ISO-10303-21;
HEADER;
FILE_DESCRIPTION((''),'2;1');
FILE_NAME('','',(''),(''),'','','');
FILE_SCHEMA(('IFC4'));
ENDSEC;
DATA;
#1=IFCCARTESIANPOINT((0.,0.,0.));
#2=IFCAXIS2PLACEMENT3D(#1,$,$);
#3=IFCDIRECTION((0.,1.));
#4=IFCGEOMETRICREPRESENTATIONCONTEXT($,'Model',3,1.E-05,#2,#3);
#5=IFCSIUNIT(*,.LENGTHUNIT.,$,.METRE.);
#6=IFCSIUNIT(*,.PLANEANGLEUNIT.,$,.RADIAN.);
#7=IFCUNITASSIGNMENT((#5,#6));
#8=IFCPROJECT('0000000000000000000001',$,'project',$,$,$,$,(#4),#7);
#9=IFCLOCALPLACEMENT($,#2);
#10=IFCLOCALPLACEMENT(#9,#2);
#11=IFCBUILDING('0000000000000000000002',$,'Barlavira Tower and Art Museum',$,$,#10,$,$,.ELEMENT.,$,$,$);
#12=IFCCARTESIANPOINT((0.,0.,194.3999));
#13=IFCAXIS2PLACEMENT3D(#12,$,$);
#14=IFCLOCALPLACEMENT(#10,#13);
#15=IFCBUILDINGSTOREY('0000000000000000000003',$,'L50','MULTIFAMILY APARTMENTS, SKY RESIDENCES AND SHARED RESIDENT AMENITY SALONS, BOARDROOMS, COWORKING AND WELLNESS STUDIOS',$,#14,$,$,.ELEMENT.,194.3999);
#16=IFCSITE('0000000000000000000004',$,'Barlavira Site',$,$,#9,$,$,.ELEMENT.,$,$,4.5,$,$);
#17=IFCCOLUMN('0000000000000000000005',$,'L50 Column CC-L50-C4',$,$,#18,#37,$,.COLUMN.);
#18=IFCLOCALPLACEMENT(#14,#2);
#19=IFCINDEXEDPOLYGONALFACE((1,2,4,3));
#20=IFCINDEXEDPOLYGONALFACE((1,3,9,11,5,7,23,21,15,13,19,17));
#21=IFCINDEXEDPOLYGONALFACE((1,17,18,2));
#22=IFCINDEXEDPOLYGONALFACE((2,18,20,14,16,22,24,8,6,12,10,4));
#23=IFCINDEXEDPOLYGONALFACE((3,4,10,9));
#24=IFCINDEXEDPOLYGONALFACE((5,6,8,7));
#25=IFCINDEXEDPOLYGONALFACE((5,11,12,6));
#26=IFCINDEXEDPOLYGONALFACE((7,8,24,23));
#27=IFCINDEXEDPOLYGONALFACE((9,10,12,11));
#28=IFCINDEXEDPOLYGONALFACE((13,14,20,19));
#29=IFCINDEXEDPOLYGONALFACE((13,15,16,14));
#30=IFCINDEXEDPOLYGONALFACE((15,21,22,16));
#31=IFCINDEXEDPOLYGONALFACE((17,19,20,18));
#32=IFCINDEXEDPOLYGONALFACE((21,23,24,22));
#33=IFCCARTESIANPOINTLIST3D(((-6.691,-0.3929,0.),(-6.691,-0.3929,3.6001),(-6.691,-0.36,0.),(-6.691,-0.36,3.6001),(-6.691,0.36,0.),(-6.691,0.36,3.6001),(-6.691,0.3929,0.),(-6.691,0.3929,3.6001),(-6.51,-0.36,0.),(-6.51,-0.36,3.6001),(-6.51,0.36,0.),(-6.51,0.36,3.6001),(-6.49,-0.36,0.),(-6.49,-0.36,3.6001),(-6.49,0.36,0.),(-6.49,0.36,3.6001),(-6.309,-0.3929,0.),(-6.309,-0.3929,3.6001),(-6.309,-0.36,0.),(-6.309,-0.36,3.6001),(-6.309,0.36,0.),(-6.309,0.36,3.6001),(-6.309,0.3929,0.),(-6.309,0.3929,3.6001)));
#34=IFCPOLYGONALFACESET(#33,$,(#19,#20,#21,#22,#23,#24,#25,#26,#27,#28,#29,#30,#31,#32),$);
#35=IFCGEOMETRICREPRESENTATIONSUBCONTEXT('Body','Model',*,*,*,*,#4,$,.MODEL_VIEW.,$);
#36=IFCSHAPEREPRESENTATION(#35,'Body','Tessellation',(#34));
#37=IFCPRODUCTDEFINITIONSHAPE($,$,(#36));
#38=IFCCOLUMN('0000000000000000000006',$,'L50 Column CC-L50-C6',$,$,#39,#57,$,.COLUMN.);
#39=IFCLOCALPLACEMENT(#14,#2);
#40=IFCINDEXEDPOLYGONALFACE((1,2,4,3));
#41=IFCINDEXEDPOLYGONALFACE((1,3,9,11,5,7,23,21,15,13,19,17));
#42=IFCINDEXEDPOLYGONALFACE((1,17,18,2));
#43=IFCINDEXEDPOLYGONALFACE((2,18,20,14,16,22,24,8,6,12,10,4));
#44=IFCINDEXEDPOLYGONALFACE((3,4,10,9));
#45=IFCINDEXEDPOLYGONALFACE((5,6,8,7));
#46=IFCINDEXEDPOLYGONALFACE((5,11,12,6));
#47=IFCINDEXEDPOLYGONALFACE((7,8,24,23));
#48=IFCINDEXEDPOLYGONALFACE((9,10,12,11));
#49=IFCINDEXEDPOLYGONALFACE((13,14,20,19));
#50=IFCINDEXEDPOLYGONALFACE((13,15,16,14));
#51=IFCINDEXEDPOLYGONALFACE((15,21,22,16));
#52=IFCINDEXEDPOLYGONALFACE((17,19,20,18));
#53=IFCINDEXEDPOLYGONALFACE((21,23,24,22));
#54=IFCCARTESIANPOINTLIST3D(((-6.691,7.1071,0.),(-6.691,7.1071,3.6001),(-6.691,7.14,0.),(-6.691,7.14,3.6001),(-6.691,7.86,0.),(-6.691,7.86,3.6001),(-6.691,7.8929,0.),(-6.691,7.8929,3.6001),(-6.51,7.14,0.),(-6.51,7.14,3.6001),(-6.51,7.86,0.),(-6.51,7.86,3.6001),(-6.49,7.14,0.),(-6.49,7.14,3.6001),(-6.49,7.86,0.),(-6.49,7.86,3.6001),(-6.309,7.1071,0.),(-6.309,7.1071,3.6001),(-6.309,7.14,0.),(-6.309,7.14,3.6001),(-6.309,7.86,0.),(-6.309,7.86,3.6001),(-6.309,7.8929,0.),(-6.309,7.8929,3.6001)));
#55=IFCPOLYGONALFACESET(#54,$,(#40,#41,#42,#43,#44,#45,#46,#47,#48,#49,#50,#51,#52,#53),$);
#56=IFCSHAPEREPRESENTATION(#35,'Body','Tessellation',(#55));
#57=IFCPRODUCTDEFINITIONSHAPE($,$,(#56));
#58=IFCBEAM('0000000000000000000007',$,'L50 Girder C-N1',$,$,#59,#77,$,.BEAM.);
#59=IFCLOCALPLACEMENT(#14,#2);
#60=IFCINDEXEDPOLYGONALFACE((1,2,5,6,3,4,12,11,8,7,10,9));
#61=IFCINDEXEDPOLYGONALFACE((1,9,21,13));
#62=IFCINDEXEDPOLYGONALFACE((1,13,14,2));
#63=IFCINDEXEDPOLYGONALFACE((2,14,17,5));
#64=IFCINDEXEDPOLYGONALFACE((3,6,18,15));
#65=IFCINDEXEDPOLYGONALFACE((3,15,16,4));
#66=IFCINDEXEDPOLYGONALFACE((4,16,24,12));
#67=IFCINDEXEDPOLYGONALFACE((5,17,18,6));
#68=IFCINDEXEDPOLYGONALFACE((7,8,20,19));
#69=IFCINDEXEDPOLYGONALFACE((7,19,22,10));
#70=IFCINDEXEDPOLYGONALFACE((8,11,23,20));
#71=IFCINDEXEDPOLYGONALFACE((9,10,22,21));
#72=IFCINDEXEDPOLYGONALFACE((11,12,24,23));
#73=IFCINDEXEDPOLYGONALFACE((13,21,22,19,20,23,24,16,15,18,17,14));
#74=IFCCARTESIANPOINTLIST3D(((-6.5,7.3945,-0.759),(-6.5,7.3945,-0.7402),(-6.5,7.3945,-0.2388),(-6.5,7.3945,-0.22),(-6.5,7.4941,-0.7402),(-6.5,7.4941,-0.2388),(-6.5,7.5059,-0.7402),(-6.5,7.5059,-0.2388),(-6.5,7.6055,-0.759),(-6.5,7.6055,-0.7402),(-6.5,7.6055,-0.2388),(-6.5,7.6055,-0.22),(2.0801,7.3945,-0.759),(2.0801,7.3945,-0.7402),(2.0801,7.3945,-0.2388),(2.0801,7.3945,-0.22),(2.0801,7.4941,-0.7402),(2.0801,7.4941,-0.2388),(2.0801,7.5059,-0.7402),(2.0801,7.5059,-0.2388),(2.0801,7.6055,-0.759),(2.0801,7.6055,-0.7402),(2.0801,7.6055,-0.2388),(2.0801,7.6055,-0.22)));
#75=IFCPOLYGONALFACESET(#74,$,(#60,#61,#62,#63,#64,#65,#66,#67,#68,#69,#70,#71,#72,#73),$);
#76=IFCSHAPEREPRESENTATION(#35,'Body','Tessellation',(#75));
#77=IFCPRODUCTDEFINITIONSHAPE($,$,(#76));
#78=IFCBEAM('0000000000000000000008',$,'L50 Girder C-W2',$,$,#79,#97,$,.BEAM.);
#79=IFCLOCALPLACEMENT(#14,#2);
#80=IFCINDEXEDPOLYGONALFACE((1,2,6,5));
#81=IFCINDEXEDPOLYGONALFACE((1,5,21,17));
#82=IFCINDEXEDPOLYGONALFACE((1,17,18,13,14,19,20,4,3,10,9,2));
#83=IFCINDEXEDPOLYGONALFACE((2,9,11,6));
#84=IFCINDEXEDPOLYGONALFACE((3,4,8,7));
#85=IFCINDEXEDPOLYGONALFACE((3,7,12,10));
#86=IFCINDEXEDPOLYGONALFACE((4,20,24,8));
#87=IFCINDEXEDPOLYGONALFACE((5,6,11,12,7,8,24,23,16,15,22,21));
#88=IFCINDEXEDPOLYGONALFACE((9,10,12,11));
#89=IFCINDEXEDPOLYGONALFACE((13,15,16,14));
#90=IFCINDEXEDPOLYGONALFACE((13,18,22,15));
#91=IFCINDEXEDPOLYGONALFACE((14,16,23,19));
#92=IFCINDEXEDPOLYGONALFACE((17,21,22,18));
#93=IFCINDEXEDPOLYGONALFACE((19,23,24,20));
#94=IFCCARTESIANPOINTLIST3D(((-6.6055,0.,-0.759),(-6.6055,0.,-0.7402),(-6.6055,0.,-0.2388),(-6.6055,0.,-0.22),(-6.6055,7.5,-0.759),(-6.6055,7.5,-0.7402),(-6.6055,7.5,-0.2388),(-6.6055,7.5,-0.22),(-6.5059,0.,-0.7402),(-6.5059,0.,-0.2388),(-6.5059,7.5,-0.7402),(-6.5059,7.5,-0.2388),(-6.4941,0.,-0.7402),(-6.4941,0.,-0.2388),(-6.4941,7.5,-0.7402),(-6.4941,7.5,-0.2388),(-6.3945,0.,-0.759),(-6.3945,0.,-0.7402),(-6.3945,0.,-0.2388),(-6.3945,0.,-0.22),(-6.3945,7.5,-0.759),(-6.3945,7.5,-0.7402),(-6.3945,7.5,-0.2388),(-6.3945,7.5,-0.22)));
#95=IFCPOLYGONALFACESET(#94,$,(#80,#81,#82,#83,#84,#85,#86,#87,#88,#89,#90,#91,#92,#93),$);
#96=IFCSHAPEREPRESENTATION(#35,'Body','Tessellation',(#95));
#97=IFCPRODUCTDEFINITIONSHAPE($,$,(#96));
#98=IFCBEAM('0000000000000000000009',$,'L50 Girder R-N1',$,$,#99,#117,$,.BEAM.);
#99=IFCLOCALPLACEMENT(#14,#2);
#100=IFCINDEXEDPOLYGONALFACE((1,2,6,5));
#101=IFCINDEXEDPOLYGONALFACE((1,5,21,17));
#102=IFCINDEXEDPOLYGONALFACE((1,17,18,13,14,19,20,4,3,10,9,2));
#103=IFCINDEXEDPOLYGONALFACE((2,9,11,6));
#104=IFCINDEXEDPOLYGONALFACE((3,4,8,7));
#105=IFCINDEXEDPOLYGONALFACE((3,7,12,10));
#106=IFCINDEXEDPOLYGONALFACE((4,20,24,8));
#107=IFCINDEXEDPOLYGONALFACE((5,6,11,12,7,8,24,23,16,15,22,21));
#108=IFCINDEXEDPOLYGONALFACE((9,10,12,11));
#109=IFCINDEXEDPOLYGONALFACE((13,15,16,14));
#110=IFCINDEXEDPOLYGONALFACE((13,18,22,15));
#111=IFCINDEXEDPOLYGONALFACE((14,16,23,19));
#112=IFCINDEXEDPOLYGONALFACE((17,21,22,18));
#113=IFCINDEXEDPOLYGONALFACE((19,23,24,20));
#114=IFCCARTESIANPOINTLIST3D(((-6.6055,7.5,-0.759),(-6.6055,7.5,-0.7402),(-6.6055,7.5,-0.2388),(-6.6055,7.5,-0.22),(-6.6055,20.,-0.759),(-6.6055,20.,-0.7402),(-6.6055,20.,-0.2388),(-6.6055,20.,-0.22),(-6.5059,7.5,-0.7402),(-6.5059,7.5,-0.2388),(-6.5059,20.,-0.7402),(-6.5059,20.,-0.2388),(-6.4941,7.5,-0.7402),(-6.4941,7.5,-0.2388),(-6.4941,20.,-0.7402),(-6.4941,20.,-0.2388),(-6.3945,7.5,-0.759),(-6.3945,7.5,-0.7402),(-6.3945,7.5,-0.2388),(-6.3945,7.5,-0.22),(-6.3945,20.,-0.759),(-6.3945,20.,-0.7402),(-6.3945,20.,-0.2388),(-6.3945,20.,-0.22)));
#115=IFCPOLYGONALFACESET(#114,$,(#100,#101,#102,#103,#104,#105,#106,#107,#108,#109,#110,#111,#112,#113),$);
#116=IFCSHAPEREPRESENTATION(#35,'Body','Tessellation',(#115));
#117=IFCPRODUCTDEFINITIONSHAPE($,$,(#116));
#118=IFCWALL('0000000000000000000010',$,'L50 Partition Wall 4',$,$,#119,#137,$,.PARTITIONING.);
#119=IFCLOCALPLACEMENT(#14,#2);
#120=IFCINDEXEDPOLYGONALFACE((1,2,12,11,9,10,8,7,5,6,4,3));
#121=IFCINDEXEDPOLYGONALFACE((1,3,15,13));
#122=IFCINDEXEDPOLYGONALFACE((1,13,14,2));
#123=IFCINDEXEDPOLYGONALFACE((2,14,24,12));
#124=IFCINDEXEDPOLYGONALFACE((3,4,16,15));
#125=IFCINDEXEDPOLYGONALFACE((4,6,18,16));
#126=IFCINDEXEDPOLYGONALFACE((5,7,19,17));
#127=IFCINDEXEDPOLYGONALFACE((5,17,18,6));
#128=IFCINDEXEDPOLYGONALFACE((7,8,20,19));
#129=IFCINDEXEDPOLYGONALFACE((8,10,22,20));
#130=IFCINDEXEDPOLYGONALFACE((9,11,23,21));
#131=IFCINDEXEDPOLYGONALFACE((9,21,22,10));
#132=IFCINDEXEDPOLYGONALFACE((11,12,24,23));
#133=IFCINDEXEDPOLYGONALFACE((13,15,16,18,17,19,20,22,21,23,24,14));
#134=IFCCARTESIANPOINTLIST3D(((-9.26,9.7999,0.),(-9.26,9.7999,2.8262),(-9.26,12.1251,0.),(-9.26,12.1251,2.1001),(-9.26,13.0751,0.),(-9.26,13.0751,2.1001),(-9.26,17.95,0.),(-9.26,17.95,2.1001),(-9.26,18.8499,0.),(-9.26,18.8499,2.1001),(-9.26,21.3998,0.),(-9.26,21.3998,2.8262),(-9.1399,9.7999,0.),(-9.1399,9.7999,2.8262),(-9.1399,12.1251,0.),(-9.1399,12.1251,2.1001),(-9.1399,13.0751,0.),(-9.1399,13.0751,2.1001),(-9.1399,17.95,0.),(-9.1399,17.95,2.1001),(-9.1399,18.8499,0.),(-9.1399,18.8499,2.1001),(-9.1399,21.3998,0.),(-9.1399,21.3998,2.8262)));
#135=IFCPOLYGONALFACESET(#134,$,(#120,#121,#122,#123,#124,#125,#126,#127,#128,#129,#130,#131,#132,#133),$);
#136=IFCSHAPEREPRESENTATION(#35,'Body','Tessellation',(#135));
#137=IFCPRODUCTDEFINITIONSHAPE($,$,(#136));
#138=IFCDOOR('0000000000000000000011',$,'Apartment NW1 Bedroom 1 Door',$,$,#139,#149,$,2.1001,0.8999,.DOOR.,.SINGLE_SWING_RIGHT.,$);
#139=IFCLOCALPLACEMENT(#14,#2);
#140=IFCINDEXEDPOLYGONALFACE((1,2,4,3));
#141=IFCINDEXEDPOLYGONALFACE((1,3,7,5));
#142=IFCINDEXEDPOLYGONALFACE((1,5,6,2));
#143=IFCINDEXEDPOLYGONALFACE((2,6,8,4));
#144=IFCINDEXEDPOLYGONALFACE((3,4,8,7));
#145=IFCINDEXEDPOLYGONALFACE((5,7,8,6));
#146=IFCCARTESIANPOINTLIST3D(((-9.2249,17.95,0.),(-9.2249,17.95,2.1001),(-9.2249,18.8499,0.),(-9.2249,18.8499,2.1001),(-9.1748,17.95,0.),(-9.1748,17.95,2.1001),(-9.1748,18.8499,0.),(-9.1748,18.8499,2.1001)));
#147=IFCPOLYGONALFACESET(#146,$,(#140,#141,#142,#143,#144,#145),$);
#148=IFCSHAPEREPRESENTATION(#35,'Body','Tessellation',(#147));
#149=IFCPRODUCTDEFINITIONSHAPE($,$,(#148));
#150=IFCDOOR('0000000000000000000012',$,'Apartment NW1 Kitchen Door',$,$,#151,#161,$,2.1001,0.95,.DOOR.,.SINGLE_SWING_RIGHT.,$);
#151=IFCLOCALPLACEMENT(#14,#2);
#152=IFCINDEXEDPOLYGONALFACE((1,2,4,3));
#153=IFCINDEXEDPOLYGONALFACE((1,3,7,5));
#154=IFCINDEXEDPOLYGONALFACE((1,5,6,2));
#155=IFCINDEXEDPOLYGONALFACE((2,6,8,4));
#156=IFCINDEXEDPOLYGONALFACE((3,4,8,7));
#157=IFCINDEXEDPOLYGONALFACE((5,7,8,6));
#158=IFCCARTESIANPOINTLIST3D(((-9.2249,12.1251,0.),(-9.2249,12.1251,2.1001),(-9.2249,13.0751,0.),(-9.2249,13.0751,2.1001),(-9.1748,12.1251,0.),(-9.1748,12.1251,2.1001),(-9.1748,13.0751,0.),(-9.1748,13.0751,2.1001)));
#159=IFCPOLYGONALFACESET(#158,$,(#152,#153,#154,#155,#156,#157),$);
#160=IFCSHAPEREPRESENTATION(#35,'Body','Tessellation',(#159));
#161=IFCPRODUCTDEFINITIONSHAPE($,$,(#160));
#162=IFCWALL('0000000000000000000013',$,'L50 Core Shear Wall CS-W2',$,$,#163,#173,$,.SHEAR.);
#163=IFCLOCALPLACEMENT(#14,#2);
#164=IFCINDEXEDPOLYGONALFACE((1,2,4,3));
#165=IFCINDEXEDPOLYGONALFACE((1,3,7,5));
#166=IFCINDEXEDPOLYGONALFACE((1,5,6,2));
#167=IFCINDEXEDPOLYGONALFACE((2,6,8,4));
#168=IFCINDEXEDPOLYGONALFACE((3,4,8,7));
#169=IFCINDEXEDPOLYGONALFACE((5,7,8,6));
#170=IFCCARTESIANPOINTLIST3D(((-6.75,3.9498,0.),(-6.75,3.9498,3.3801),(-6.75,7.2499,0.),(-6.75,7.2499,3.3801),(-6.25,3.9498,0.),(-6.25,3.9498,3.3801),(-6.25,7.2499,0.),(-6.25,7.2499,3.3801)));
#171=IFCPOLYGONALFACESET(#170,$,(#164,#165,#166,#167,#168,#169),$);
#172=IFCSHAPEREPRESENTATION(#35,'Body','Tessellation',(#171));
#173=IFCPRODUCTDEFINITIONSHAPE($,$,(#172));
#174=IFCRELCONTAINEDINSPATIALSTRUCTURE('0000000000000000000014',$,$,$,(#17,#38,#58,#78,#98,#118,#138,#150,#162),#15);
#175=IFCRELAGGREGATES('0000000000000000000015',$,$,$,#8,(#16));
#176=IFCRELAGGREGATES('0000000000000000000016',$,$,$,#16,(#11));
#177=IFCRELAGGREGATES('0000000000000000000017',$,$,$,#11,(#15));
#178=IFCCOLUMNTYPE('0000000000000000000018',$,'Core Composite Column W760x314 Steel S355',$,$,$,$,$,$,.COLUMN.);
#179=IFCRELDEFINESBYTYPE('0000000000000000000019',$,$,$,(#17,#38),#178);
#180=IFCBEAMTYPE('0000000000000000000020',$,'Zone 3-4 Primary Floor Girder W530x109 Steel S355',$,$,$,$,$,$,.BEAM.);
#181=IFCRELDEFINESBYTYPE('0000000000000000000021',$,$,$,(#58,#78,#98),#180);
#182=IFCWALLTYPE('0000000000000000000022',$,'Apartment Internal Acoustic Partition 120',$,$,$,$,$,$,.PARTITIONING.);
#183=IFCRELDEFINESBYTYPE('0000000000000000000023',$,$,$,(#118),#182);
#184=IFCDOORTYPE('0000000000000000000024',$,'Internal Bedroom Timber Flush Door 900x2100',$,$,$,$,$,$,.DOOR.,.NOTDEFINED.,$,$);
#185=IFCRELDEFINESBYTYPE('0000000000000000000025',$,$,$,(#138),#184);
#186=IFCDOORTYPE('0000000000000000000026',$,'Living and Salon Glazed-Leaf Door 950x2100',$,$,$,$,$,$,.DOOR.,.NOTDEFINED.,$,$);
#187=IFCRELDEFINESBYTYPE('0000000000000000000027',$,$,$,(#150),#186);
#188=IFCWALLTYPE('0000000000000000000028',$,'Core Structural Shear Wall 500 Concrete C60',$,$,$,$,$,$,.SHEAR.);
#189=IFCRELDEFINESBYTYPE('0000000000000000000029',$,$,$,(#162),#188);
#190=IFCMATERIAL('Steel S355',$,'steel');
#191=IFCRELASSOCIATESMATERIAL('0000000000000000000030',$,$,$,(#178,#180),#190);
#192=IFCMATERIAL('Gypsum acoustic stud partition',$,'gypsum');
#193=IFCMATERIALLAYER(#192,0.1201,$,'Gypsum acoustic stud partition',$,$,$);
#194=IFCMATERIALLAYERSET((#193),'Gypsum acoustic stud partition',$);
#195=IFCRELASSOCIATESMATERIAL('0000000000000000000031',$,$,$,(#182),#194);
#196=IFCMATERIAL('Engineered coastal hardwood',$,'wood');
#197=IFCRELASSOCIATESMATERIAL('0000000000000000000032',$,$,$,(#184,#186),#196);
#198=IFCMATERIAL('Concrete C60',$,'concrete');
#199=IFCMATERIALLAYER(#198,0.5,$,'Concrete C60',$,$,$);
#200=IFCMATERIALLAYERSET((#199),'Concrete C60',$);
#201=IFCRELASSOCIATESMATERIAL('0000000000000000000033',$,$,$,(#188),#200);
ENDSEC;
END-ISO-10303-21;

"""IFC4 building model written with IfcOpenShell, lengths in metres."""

from ifc_helpers import new_model, si_unit, direction, frame, frame_2d, origin, origin_2d, place, context, subcontext, project, spatial, rectangle, i_section, extrude, material, layer, layer_set, material_profile, profile_set, type_object, element, fill, save


model = new_model("IFC4")

# Units and contexts
model_context = context("Model", 3, precision=1e-05, world=origin(), true_north=direction((0.0, 1.0)))
body_context = subcontext(model_context, "Body", "Model", "MODEL_VIEW")
ifc_project = project(units=[si_unit("LENGTHUNIT", "METRE"), si_unit("PLANEANGLEUNIT", "RADIAN")], contexts=[model_context])

# Site, building, storey
site_placement = place(None, origin())
site = spatial("IfcSite", under=ifc_project, at=site_placement, Name="Barlavira Site", CompositionType="ELEMENT", RefElevation=4.5)
building_placement = place(site_placement, origin())
building = spatial("IfcBuilding", under=site, at=building_placement, Name="Barlavira Tower and Art Museum", CompositionType="ELEMENT")
storey_placement = place(building_placement, frame((0.0, 0.0, 194.3999)))
storey = spatial("IfcBuildingStorey", under=building, at=storey_placement, Name="L50", Description="MULTIFAMILY APARTMENTS, SKY RESIDENCES AND SHARED RESIDENT AMENITY SALONS, BOARDROOMS, COWORKING AND WELLNESS STUDIOS", CompositionType="ELEMENT", Elevation=194.3999)

# Columns
ifc_material_1 = material(Name="Steel S355", Category="steel")
ifc_material_profile_1 = material_profile(ifc_material_1, i_section(OverallWidth=0.3821, OverallDepth=0.7859, WebThickness=0.02, FlangeThickness=0.033, at=origin_2d()), Name="W760x314.0")
ifc_profile_set_1 = profile_set([ifc_material_profile_1], Name="Steel S355")
column_type = type_object("IfcColumnType", Name="Core Composite Column W760x314 Steel S355", PredefinedType="COLUMN", material=ifc_profile_set_1)
for number, where, z_axis, x_axis, name in (
    (1, (-6.5, 0.0, 0.0), (0.0, 0.0, 1.0), (1.0, 0.0, 0.0), "L50 Column CC-L50-C4"),
    (2, (-6.5, 7.5, 0.0), (0.0, 0.0, 1.0), (1.0, 0.0, 0.0), "L50 Column CC-L50-C6"),
):
    element("IfcColumn", number, at=place(storey_placement, frame(where, z_axis=z_axis, x_axis=x_axis)), inside=storey, type_object=column_type, Name=name, PredefinedType="COLUMN", context=body_context, shape_type="SweptSolid", body=[
        extrude(i_section(OverallWidth=0.3821, OverallDepth=0.7859, WebThickness=0.02, FlangeThickness=0.033, at=origin_2d()), origin(), (0.0, 0.0, 1.0), 3.6001),
    ])

# Beams
ifc_material_profile_2 = material_profile(ifc_material_1, i_section(OverallWidth=0.2109, OverallDepth=0.5391, WebThickness=0.0117, FlangeThickness=0.0188, at=origin_2d()), Name="W530x109.0")
ifc_profile_set_2 = profile_set([ifc_material_profile_2], Name="Steel S355")
beam_type = type_object("IfcBeamType", Name="Zone 3-4 Primary Floor Girder W530x109 Steel S355", PredefinedType="BEAM", material=ifc_profile_set_2)
beam_1_placement = place(storey_placement, frame((-6.5, 7.5, -0.4895), z_axis=(1.0, 0.0, 0.0), x_axis=(0.0, 1.0, 0.0)))
element("IfcBeam", 3, at=beam_1_placement, inside=storey, type_object=beam_type, Name="L50 Girder C-N1", PredefinedType="BEAM", context=body_context, shape_type="SweptSolid", body=[
    extrude(i_section(OverallWidth=0.2109, OverallDepth=0.5391, WebThickness=0.0117, FlangeThickness=0.0188, at=origin_2d()), origin(), (0.0, 0.0, 1.0), 8.5801),
])
beam_2_placement = place(storey_placement, frame((-6.5, 0.0, -0.4895), z_axis=(0.0, 1.0, 0.0), x_axis=(-1.0, 0.0, 0.0)))
element("IfcBeam", 4, at=beam_2_placement, inside=storey, type_object=beam_type, Name="L50 Girder C-W2", PredefinedType="BEAM", context=body_context, shape_type="SweptSolid", body=[
    extrude(i_section(OverallWidth=0.2109, OverallDepth=0.5391, WebThickness=0.0117, FlangeThickness=0.0188, at=origin_2d()), origin(), (0.0, 0.0, 1.0), 7.5),
])
beam_3_placement = place(storey_placement, frame((-6.5, 7.5, -0.4895), z_axis=(0.0, 1.0, 0.0), x_axis=(-1.0, 0.0, 0.0)))
element("IfcBeam", 5, at=beam_3_placement, inside=storey, type_object=beam_type, Name="L50 Girder R-N1", PredefinedType="BEAM", context=body_context, shape_type="SweptSolid", body=[
    extrude(i_section(OverallWidth=0.2109, OverallDepth=0.5391, WebThickness=0.0117, FlangeThickness=0.0188, at=origin_2d()), origin(), (0.0, 0.0, 1.0), 12.5),
])

# Wall, openings, doors
ifc_material_2 = material(Name="Gypsum acoustic stud partition", Category="gypsum")
ifc_layer_1 = layer(ifc_material_2, 0.1201, Name="Gypsum acoustic stud partition")
ifc_layer_set_1 = layer_set([ifc_layer_1], Name="Gypsum acoustic stud partition")
wall_type_1 = type_object("IfcWallType", Name="Apartment Internal Acoustic Partition 120", PredefinedType="PARTITIONING", material=ifc_layer_set_1)
wall_1_placement = place(storey_placement, frame((-9.2, 9.8, 0.0), z_axis=(0.0, 0.0, 1.0), x_axis=(0.0, 1.0, 0.0)))
wall_1 = element("IfcWall", 6, at=wall_1_placement, inside=storey, type_object=wall_type_1, Name="L50 Partition Wall 4", PredefinedType="PARTITIONING", context=body_context, shape_type="SweptSolid", body=[
    extrude(rectangle(XDim=11.5999, YDim=0.1201, at=frame_2d((5.7998, 0.0))), origin(), (0.0, 0.0, 1.0), 2.8262),
])
opening_1_placement = place(wall_1_placement, frame((2.325, 0.0, 0.0)))
opening_1 = element("IfcOpeningElement", 7, at=opening_1_placement, cuts=wall_1, PredefinedType="OPENING", context=body_context, shape_type="SweptSolid", body=[
    extrude(rectangle(XDim=0.95, YDim=2.1001, at=frame_2d((0.4751, 1.05))), frame((0.0, 0.0701, 0.0), z_axis=(0.0, -1.0, 0.0), x_axis=(1.0, 0.0, 0.0)), (0.0, 0.0, 1.0), 0.1401),
])
opening_2_placement = place(wall_1_placement, frame((8.1499, 0.0, 0.0)))
opening_2 = element("IfcOpeningElement", 8, at=opening_2_placement, cuts=wall_1, PredefinedType="OPENING", context=body_context, shape_type="SweptSolid", body=[
    extrude(rectangle(XDim=0.8999, YDim=2.1001, at=frame_2d((0.45, 1.05))), frame((0.0, 0.0701, 0.0), z_axis=(0.0, -1.0, 0.0), x_axis=(1.0, 0.0, 0.0)), (0.0, 0.0, 1.0), 0.1401),
])
ifc_material_3 = material(Name="Engineered coastal hardwood", Category="wood")
door_type_1 = type_object("IfcDoorType", Name="Internal Bedroom Timber Flush Door 900x2100", OperationType="NOTDEFINED", PredefinedType="DOOR", material=ifc_material_3)
door_1_placement = place(opening_2_placement, origin())
door_1 = element("IfcDoor", 9, at=door_1_placement, inside=storey, type_object=door_type_1, Name="Apartment NW1 Bedroom 1 Door", OperationType="SINGLE_SWING_RIGHT", OverallHeight=2.1001, OverallWidth=0.8999, PredefinedType="DOOR", context=body_context, shape_type="SweptSolid", body=[
    extrude(rectangle(XDim=0.8999, YDim=2.1001, at=frame_2d((0.45, 1.05))), frame((0.0, 0.0249, 0.0), z_axis=(0.0, -1.0, 0.0), x_axis=(1.0, 0.0, 0.0)), (0.0, 0.0, 1.0), 0.05),
])
fill(opening_2, door_1)
door_type_2 = type_object("IfcDoorType", Name="Living and Salon Glazed-Leaf Door 950x2100", OperationType="NOTDEFINED", PredefinedType="DOOR", material=ifc_material_3)
door_2_placement = place(opening_1_placement, origin())
door_2 = element("IfcDoor", 10, at=door_2_placement, inside=storey, type_object=door_type_2, Name="Apartment NW1 Kitchen Door", OperationType="SINGLE_SWING_RIGHT", OverallHeight=2.1001, OverallWidth=0.95, PredefinedType="DOOR", context=body_context, shape_type="SweptSolid", body=[
    extrude(rectangle(XDim=0.95, YDim=2.1001, at=frame_2d((0.4751, 1.05))), frame((0.0, 0.0249, 0.0), z_axis=(0.0, -1.0, 0.0), x_axis=(1.0, 0.0, 0.0)), (0.0, 0.0, 1.0), 0.05),
])
fill(opening_1, door_2)

# Shared definitions
ifc_material_4 = material(Name="Concrete C60", Category="concrete")
ifc_layer_2 = layer(ifc_material_4, 0.5, Name="Concrete C60")
ifc_layer_set_2 = layer_set([ifc_layer_2], Name="Concrete C60")
wall_type_2 = type_object("IfcWallType", Name="Core Structural Shear Wall 500 Concrete C60", PredefinedType="SHEAR", material=ifc_layer_set_2)

# Wall
wall_2_placement = place(storey_placement, frame((-6.5, 3.95, 0.0), z_axis=(0.0, 0.0, 1.0), x_axis=(0.0, 1.0, 0.0)))
element("IfcWall", 11, at=wall_2_placement, inside=storey, type_object=wall_type_2, Name="L50 Core Shear Wall CS-W2", PredefinedType="SHEAR", context=body_context, shape_type="SweptSolid", body=[
    extrude(rectangle(XDim=3.3, YDim=0.5, at=frame_2d((1.6499, 0.0))), origin(), (0.0, 0.0, 1.0), 3.3801),
])

save(model, "model.ifc")
